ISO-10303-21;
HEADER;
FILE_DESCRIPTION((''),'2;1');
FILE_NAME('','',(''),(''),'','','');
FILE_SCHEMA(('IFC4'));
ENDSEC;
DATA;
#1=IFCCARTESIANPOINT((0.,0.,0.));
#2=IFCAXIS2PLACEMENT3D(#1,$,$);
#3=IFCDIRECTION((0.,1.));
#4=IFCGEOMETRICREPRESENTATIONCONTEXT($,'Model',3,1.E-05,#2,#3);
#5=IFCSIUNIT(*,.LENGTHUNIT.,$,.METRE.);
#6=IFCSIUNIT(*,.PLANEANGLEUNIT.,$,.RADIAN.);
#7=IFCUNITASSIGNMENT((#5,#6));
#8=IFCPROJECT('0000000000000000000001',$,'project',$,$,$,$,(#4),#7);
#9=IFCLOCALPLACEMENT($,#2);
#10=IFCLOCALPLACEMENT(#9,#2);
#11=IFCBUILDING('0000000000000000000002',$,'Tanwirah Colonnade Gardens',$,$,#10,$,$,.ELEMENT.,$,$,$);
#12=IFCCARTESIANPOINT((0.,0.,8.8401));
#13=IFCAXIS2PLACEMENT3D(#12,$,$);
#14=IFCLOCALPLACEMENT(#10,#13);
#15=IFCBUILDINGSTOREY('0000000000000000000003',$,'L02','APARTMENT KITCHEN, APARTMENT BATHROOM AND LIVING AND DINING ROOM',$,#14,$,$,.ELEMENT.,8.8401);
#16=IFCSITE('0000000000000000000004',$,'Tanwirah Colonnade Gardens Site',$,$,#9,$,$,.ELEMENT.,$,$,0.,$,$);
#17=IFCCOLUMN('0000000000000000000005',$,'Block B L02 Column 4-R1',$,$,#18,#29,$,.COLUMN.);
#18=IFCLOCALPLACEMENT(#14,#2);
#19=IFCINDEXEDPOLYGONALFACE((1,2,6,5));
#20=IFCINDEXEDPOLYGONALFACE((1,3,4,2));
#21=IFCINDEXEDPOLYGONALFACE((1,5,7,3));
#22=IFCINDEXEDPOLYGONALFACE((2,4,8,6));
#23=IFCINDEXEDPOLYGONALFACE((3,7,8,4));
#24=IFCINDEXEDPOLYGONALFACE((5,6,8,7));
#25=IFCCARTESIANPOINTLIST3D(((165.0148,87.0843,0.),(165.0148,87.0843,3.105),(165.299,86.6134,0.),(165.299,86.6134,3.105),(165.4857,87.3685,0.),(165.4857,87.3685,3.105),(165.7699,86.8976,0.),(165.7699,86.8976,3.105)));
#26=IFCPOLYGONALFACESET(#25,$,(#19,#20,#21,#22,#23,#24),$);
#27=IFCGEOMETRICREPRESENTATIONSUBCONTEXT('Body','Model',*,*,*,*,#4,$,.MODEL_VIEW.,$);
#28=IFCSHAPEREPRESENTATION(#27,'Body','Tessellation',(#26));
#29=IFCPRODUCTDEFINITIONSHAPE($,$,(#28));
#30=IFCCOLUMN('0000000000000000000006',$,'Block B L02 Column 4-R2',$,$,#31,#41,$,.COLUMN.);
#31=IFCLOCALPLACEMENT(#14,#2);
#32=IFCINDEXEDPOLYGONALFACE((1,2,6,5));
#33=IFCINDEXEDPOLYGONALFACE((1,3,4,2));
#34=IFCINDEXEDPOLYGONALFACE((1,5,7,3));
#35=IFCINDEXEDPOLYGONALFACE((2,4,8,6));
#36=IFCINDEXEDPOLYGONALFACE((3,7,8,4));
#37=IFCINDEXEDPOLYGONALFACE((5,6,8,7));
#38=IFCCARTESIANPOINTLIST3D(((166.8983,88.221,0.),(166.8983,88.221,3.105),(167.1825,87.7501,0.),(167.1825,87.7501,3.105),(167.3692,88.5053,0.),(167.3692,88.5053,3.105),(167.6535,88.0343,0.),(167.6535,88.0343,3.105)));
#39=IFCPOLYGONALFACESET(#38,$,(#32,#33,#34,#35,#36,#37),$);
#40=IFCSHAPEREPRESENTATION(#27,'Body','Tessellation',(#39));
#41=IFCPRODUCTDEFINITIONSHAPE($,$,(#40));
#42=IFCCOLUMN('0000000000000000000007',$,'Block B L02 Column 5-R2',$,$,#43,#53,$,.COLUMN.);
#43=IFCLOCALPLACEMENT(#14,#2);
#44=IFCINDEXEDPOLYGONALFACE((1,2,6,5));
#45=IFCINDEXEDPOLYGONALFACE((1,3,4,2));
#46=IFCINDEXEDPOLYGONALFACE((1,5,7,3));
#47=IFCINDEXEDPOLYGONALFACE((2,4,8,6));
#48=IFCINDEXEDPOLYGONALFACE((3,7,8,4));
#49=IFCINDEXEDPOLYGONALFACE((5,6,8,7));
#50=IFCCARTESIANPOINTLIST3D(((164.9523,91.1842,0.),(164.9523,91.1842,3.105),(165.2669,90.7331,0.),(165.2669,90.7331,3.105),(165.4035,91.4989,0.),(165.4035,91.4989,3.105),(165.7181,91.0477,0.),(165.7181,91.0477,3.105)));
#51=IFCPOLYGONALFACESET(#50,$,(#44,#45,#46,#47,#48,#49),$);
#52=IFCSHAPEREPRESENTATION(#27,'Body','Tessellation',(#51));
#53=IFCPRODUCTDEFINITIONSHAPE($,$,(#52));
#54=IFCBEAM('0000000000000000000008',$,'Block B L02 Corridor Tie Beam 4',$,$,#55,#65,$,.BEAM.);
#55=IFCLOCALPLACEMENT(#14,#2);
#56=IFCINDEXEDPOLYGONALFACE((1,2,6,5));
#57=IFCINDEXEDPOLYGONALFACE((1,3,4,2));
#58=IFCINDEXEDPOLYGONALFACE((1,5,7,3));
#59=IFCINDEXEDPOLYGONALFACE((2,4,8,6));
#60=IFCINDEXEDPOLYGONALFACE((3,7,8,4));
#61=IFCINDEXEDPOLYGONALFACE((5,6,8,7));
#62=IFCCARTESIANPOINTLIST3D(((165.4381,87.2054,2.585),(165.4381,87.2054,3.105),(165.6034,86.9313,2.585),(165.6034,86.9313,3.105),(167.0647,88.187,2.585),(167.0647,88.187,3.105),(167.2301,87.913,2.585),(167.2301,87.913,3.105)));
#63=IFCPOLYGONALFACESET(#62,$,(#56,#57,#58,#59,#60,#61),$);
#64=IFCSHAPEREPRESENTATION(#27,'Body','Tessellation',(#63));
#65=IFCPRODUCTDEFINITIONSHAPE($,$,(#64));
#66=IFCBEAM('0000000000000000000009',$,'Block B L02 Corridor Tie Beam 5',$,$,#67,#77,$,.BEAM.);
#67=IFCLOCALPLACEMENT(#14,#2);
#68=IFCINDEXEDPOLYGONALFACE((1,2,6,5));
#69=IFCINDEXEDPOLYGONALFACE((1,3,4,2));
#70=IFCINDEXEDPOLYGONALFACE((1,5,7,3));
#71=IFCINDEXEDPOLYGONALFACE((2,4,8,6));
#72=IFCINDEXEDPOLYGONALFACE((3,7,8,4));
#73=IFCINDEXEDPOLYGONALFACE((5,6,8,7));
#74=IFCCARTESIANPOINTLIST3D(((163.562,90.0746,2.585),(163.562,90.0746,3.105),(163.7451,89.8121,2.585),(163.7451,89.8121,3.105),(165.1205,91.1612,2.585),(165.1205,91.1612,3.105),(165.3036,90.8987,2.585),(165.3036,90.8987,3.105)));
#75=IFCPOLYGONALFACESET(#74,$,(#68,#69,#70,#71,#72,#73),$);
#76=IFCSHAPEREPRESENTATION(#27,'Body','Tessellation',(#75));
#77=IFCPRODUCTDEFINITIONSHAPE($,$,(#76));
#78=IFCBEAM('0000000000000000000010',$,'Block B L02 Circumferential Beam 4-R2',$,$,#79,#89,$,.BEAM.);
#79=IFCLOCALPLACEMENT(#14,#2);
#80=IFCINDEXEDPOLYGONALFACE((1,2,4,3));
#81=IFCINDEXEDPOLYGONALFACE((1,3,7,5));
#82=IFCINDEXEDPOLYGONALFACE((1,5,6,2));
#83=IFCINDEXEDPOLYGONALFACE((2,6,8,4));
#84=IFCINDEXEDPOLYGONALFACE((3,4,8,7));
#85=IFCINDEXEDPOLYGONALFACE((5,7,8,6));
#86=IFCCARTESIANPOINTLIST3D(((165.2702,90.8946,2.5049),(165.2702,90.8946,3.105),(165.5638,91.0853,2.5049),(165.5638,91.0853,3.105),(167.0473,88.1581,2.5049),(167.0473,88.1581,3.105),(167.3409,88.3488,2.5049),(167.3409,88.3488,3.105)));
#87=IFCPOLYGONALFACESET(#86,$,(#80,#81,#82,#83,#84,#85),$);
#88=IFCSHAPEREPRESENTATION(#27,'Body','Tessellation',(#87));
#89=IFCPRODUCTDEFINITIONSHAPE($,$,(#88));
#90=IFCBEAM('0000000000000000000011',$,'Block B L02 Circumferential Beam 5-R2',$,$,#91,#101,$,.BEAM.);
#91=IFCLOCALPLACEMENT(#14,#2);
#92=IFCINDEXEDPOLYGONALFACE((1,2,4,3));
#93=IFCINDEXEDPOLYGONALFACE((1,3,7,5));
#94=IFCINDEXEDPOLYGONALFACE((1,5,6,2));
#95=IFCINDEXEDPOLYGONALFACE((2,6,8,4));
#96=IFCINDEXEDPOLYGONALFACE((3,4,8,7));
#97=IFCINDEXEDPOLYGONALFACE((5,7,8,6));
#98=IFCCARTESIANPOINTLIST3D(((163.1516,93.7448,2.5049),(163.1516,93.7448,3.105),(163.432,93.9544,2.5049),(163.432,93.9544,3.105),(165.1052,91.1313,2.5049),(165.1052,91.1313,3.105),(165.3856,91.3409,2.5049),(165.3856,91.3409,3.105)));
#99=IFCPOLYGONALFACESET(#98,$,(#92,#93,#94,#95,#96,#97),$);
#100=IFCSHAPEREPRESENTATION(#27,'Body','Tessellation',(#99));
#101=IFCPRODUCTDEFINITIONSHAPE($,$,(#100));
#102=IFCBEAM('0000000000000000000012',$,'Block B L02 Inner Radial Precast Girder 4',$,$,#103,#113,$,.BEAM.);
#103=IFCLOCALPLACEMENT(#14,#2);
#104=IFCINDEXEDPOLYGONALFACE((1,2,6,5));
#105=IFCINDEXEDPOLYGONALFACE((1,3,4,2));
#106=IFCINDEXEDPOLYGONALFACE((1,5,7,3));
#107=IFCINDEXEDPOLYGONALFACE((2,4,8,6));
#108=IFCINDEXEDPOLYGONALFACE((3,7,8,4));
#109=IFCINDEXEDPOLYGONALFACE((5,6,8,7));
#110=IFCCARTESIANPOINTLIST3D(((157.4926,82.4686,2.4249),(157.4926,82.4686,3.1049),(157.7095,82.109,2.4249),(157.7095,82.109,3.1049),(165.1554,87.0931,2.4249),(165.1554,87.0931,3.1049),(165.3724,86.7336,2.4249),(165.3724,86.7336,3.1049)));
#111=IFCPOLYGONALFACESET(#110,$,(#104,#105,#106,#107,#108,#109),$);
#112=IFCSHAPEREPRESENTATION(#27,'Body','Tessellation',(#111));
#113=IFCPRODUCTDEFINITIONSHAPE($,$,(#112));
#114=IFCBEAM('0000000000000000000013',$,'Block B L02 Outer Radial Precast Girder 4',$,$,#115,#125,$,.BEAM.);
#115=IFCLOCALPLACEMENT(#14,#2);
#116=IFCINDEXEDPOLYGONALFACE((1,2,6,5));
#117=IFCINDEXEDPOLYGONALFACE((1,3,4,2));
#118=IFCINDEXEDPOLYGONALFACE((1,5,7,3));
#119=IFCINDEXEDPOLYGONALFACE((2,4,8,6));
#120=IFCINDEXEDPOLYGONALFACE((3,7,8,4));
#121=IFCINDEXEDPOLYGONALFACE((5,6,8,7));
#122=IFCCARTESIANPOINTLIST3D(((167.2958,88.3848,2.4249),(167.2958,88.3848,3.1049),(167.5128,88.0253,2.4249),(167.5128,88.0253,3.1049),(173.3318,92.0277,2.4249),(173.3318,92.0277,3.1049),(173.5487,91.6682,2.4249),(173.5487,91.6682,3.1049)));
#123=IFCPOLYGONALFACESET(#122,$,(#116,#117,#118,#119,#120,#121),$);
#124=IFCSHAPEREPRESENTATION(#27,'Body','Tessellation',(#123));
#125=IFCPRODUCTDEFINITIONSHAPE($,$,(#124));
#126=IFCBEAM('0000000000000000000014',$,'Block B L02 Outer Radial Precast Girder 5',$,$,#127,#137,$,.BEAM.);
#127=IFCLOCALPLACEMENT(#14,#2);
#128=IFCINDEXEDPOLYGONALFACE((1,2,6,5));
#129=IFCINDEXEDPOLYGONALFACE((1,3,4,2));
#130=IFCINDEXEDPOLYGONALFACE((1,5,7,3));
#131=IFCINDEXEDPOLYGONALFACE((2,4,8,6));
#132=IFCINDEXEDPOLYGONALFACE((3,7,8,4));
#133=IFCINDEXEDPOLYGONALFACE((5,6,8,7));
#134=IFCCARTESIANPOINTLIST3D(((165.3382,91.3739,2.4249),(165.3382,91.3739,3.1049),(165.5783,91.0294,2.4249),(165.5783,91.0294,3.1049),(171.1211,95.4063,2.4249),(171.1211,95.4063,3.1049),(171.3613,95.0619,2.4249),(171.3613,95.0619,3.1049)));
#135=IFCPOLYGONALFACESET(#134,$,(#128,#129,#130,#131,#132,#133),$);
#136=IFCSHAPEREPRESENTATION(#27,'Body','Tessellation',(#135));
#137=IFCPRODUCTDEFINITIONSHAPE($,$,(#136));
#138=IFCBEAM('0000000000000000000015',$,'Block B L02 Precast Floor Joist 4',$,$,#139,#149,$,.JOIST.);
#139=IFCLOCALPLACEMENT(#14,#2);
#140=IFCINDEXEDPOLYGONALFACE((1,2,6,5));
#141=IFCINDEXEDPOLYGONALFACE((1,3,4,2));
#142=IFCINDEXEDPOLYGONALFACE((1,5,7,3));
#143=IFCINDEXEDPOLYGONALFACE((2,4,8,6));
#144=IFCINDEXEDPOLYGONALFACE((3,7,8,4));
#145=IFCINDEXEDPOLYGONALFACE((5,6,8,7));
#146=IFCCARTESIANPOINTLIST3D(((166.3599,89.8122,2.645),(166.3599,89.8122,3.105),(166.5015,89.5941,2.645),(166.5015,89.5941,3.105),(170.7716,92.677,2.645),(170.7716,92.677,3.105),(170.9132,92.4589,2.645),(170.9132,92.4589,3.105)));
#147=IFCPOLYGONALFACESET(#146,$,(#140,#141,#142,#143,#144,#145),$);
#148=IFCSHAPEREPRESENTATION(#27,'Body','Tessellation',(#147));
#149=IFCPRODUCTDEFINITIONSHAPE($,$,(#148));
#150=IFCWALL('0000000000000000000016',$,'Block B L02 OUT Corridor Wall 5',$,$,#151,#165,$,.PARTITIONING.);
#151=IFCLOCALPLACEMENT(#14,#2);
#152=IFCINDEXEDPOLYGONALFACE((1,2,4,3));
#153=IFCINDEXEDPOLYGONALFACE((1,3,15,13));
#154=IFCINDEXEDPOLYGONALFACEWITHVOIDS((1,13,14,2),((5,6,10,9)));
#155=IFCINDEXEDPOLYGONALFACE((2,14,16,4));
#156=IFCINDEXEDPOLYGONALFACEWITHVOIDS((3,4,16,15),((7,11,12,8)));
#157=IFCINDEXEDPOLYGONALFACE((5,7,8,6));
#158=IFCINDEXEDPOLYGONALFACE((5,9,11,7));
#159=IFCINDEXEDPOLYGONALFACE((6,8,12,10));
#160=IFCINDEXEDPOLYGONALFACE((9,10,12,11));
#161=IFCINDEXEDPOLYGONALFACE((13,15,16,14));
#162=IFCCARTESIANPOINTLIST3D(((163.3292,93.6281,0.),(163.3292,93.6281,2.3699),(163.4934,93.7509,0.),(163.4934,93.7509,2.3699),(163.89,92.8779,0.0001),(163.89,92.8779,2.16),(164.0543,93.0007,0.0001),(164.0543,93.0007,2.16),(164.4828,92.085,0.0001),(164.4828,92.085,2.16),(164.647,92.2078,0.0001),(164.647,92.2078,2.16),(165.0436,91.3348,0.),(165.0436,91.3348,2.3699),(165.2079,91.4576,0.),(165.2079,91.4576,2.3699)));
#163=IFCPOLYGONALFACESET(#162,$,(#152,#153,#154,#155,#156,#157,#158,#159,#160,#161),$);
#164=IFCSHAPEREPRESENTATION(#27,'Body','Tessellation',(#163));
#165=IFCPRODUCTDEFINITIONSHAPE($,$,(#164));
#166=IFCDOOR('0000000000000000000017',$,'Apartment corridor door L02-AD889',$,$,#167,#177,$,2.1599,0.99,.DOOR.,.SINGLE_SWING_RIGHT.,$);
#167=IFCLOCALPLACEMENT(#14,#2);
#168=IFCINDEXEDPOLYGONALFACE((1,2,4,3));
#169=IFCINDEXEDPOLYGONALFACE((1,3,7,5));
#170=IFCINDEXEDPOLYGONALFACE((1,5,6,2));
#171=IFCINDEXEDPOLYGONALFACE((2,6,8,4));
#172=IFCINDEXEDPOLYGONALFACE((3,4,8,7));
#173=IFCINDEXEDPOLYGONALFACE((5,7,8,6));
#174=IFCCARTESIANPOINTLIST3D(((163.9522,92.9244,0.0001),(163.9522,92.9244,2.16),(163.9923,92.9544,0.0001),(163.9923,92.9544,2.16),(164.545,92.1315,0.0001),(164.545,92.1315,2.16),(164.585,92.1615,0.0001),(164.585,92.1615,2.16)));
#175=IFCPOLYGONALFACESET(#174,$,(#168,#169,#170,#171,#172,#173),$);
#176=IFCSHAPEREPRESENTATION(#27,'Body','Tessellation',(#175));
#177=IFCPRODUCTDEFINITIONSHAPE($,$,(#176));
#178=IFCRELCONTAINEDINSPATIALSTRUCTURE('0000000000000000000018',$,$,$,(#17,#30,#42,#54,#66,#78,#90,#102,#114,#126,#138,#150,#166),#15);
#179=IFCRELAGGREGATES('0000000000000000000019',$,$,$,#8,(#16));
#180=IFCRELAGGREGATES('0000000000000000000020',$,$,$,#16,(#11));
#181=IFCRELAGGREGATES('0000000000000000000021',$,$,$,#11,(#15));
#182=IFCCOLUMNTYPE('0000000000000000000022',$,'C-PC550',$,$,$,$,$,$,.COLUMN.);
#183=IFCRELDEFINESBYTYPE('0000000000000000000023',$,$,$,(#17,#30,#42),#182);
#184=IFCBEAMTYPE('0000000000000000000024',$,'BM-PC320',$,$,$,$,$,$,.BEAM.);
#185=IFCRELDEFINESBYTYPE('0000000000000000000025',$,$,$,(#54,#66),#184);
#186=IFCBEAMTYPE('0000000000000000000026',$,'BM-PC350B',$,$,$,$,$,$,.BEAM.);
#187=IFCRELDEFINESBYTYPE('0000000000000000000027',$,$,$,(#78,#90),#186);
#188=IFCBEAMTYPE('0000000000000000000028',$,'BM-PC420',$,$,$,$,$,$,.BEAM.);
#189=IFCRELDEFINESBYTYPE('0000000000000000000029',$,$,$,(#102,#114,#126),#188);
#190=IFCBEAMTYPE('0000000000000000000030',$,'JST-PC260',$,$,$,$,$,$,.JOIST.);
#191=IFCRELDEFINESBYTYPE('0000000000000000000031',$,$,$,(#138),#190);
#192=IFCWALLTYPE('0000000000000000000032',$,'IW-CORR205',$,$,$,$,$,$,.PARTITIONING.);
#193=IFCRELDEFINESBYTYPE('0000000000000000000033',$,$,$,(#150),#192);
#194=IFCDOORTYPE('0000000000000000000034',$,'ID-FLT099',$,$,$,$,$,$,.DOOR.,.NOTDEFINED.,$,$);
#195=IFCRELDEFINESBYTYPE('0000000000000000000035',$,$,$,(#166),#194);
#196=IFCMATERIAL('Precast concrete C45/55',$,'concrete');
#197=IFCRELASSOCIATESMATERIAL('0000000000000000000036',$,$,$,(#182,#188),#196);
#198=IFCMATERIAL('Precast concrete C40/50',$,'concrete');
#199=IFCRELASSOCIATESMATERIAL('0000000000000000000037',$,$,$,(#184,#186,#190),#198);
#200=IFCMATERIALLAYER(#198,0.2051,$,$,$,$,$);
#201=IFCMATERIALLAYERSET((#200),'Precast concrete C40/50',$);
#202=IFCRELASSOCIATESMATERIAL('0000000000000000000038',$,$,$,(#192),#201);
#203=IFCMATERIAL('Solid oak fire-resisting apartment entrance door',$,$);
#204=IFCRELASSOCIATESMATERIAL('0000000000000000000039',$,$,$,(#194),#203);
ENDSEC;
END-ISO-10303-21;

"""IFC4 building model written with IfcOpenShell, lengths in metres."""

from ifc_helpers import new_model, si_unit, direction, frame, frame_2d, origin, origin_2d, place, context, subcontext, project, spatial, rectangle, extrude, material, layer, layer_set, material_profile, profile_set, type_object, element, fill, save


model = new_model("IFC4")

# Units and contexts
model_context = context("Model", 3, precision=1e-05, world=origin(), true_north=direction((0.0, 1.0)))
body_context = subcontext(model_context, "Body", "Model", "MODEL_VIEW")
ifc_project = project(units=[si_unit("LENGTHUNIT", "METRE"), si_unit("PLANEANGLEUNIT", "RADIAN")], contexts=[model_context])

# Site, building, storey
site_placement = place(None, origin())
site = spatial("IfcSite", under=ifc_project, at=site_placement, Name="Tanwirah Colonnade Gardens Site", CompositionType="ELEMENT", RefElevation=0.0)
building_placement = place(site_placement, origin())
building = spatial("IfcBuilding", under=site, at=building_placement, Name="Tanwirah Colonnade Gardens", CompositionType="ELEMENT")
storey_placement = place(building_placement, frame((0.0, 0.0, 8.8401)))
storey = spatial("IfcBuildingStorey", under=building, at=storey_placement, Name="L02", Description="APARTMENT KITCHEN, APARTMENT BATHROOM AND LIVING AND DINING ROOM", CompositionType="ELEMENT", Elevation=8.8401)

# Columns
ifc_material_1 = material(Name="Precast concrete C45/55", Category="concrete")
ifc_material_profile_1 = material_profile(ifc_material_1, rectangle(XDim=0.55, YDim=0.55, at=origin_2d()), Name="PC-COL 550x550")
ifc_profile_set_1 = profile_set([ifc_material_profile_1], Name="Precast concrete C45/55")
column_type = type_object("IfcColumnType", Name="C-PC550", PredefinedType="COLUMN", material=ifc_profile_set_1)
for number, where, z_axis, x_axis, name in (
    (1, (165.3923, 86.991, 0.0), (0.0, 0.0, 1.0), (0.856167, 0.516699, 0.0), "Block B L02 Column 4-R1"),
    (2, (167.2759, 88.1277, 0.0), (0.0, 0.0, 1.0), (0.856167, 0.516699, 0.0), "Block B L02 Column 4-R2"),
    (3, (165.3352, 91.116, 0.0), (0.0, 0.0, 1.0), (0.820263, 0.571987, 0.0), "Block B L02 Column 5-R2"),
):
    element("IfcColumn", number, at=place(storey_placement, frame(where, z_axis=z_axis, x_axis=x_axis)), inside=storey, type_object=column_type, Name=name, PredefinedType="COLUMN", context=body_context, shape_type="SweptSolid", body=[
        extrude(rectangle(XDim=0.55, YDim=0.55, at=origin_2d()), origin(), (0.0, 0.0, 1.0), 3.105),
    ])

# Beams
ifc_material_2 = material(Name="Precast concrete C40/50", Category="concrete")
ifc_material_profile_2 = material_profile(ifc_material_2, rectangle(XDim=0.3201, YDim=0.52, at=origin_2d()), Name="PC-BM 320x520")
ifc_profile_set_2 = profile_set([ifc_material_profile_2], Name="Precast concrete C40/50")
beam_type_1 = type_object("IfcBeamType", Name="BM-PC320", PredefinedType="BEAM", material=ifc_profile_set_2)
for number, where, z_axis, x_axis, name in (
    (4, (165.5208, 87.0684, 2.845), (0.856175, 0.516686, 0.0), (-0.516686, 0.856175, 0.0), "Block B L02 Corridor Tie Beam 4"),
    (5, (163.6536, 89.9434, 2.845), (0.820305, 0.571926, 0.0), (-0.571926, 0.820305, 0.0), "Block B L02 Corridor Tie Beam 5"),
):
    element("IfcBeam", number, at=place(storey_placement, frame(where, z_axis=z_axis, x_axis=x_axis)), inside=storey, type_object=beam_type_1, Name=name, PredefinedType="BEAM", context=body_context, shape_type="SweptSolid", body=[
        extrude(rectangle(XDim=0.3201, YDim=0.52, at=origin_2d()), origin(), (0.0, 0.0, 1.0), 1.8999),
    ])
ifc_material_profile_3 = material_profile(ifc_material_2, rectangle(XDim=0.3501, YDim=0.6001, at=origin_2d()), Name="PC-BM 350x600")
ifc_profile_set_3 = profile_set([ifc_material_profile_3], Name="Precast concrete C40/50")
beam_type_2 = type_object("IfcBeamType", Name="BM-PC350B", PredefinedType="BEAM", material=ifc_profile_set_3)
for number, where, z_axis, x_axis, name in (
    (6, (167.1941, 88.2534, 2.8049), (-0.544628, 0.838678, 0.0), (-0.838678, -0.544628, 0.0), "Block B L02 Circumferential Beam 4-R2"),
    (7, (165.2454, 91.2361, 2.8049), (-0.598718, 0.80096, 0.0), (-0.80096, -0.598718, 0.0), "Block B L02 Circumferential Beam 5-R2"),
):
    element("IfcBeam", number, at=place(storey_placement, frame(where, z_axis=z_axis, x_axis=x_axis)), inside=storey, type_object=beam_type_2, Name=name, PredefinedType="BEAM", context=body_context, shape_type="SweptSolid", body=[
        extrude(rectangle(XDim=0.3501, YDim=0.6001, at=origin_2d()), origin(), (0.0, 0.0, 1.0), 3.2629),
    ])
ifc_material_profile_4 = material_profile(ifc_material_1, rectangle(XDim=0.4199, YDim=0.6799, at=origin_2d()), Name="PC-BM 420x680")
ifc_profile_set_4 = profile_set([ifc_material_profile_4], Name="Precast concrete C45/55")
beam_type_3 = type_object("IfcBeamType", Name="BM-PC420", PredefinedType="BEAM", material=ifc_profile_set_4)
beam_1_placement = place(storey_placement, frame((165.2639, 86.9133, 2.7649), z_axis=(-0.856169, -0.516696, 0.0), x_axis=(0.516696, -0.856169, 0.0)))
element("IfcBeam", 8, at=beam_1_placement, inside=storey, type_object=beam_type_3, Name="Block B L02 Inner Radial Precast Girder 4", PredefinedType="BEAM", context=body_context, shape_type="SweptSolid", body=[
    extrude(rectangle(XDim=0.4199, YDim=0.6799, at=origin_2d()), origin(), (0.0, 0.0, 1.0), 8.9502),
])
for number, where, z_axis, x_axis, name in (
    (9, (167.4043, 88.2051, 2.7649), (0.856158, 0.516714, 0.0), (-0.516714, 0.856158, 0.0), "Block B L02 Outer Radial Precast Girder 4"),
    (10, (165.4583, 91.2017, 2.7649), (0.82027, 0.571976, 0.0), (-0.571976, 0.82027, 0.0), "Block B L02 Outer Radial Precast Girder 5"),
):
    element("IfcBeam", number, at=place(storey_placement, frame(where, z_axis=z_axis, x_axis=x_axis)), inside=storey, type_object=beam_type_3, Name=name, PredefinedType="BEAM", context=body_context, shape_type="SweptSolid", body=[
        extrude(rectangle(XDim=0.4199, YDim=0.6799, at=origin_2d()), origin(), (0.0, 0.0, 1.0), 7.05),
    ])
ifc_material_profile_5 = material_profile(ifc_material_2, rectangle(XDim=0.26, YDim=0.46, at=origin_2d()), Name="PC-JST 260x460")
ifc_profile_set_5 = profile_set([ifc_material_profile_5], Name="Precast concrete C40/50")
beam_type_4 = type_object("IfcBeamType", Name="JST-PC260", PredefinedType="JOIST", material=ifc_profile_set_5)
beam_2_placement = place(storey_placement, frame((166.4307, 89.7031, 2.875), z_axis=(0.838687, 0.544613, 0.0), x_axis=(-0.544613, 0.838687, 0.0)))
element("IfcBeam", 11, at=beam_2_placement, inside=storey, type_object=beam_type_4, Name="Block B L02 Precast Floor Joist 4", PredefinedType="JOIST", context=body_context, shape_type="SweptSolid", body=[
    extrude(rectangle(XDim=0.26, YDim=0.46, at=origin_2d()), origin(), (0.0, 0.0, 1.0), 5.2603),
])

# Wall, opening, door
ifc_layer_1 = layer(ifc_material_2, 0.2051)
ifc_layer_set_1 = layer_set([ifc_layer_1], Name="Precast concrete C40/50")
wall_type_1 = type_object("IfcWallType", Name="IW-CORR205", PredefinedType="PARTITIONING", material=ifc_layer_set_1)
ifc_material_3 = material(Name="Solid oak fire-resisting apartment entrance door")
wall_1_placement = place(storey_placement, frame((165.1257, 91.3962, 0.0), z_axis=(0.0, 0.0, 1.0), x_axis=(-0.598758, 0.80093, 0.0)))
wall_1 = element("IfcWall", 12, at=wall_1_placement, inside=storey, type_object=wall_type_1, Name="Block B L02 OUT Corridor Wall 5", PredefinedType="PARTITIONING", context=body_context, shape_type="SweptSolid", body=[
    extrude(rectangle(XDim=2.8633, YDim=0.2051, at=frame_2d((1.4316, 0.0))), origin(), (0.0, 0.0, 1.0), 2.3699),
])
opening_1_placement = place(wall_1_placement, frame((0.9365, 0.0, 0.0)))
opening_1 = element("IfcOpeningElement", 13, at=opening_1_placement, cuts=wall_1, PredefinedType="OPENING", context=body_context, shape_type="SweptSolid", body=[
    extrude(rectangle(XDim=0.99, YDim=2.1599, at=frame_2d((0.4951, 1.0801))), frame((0.0, 0.1125, 0.0), z_axis=(0.0, -1.0, 0.0), x_axis=(1.0, 0.0, 0.0)), (0.0, 0.0, 1.0), 0.2251),
])
door_type_1 = type_object("IfcDoorType", Name="ID-FLT099", OperationType="NOTDEFINED", PredefinedType="DOOR", material=ifc_material_3)
door_1_placement = place(opening_1_placement, origin())
door_1 = element("IfcDoor", 14, at=door_1_placement, inside=storey, type_object=door_type_1, Name="Apartment corridor door L02-AD889", OperationType="SINGLE_SWING_RIGHT", OverallHeight=2.1599, OverallWidth=0.99, PredefinedType="DOOR", context=body_context, shape_type="SweptSolid", body=[
    extrude(rectangle(XDim=0.99, YDim=2.1599, at=frame_2d((0.4951, 1.0801))), frame((0.0, 0.0249, 0.0), z_axis=(0.0, -1.0, 0.0), x_axis=(1.0, 0.0, 0.0)), (0.0, 0.0, 1.0), 0.05),
])
fill(opening_1, door_1)

save(model, "model.ifc")
